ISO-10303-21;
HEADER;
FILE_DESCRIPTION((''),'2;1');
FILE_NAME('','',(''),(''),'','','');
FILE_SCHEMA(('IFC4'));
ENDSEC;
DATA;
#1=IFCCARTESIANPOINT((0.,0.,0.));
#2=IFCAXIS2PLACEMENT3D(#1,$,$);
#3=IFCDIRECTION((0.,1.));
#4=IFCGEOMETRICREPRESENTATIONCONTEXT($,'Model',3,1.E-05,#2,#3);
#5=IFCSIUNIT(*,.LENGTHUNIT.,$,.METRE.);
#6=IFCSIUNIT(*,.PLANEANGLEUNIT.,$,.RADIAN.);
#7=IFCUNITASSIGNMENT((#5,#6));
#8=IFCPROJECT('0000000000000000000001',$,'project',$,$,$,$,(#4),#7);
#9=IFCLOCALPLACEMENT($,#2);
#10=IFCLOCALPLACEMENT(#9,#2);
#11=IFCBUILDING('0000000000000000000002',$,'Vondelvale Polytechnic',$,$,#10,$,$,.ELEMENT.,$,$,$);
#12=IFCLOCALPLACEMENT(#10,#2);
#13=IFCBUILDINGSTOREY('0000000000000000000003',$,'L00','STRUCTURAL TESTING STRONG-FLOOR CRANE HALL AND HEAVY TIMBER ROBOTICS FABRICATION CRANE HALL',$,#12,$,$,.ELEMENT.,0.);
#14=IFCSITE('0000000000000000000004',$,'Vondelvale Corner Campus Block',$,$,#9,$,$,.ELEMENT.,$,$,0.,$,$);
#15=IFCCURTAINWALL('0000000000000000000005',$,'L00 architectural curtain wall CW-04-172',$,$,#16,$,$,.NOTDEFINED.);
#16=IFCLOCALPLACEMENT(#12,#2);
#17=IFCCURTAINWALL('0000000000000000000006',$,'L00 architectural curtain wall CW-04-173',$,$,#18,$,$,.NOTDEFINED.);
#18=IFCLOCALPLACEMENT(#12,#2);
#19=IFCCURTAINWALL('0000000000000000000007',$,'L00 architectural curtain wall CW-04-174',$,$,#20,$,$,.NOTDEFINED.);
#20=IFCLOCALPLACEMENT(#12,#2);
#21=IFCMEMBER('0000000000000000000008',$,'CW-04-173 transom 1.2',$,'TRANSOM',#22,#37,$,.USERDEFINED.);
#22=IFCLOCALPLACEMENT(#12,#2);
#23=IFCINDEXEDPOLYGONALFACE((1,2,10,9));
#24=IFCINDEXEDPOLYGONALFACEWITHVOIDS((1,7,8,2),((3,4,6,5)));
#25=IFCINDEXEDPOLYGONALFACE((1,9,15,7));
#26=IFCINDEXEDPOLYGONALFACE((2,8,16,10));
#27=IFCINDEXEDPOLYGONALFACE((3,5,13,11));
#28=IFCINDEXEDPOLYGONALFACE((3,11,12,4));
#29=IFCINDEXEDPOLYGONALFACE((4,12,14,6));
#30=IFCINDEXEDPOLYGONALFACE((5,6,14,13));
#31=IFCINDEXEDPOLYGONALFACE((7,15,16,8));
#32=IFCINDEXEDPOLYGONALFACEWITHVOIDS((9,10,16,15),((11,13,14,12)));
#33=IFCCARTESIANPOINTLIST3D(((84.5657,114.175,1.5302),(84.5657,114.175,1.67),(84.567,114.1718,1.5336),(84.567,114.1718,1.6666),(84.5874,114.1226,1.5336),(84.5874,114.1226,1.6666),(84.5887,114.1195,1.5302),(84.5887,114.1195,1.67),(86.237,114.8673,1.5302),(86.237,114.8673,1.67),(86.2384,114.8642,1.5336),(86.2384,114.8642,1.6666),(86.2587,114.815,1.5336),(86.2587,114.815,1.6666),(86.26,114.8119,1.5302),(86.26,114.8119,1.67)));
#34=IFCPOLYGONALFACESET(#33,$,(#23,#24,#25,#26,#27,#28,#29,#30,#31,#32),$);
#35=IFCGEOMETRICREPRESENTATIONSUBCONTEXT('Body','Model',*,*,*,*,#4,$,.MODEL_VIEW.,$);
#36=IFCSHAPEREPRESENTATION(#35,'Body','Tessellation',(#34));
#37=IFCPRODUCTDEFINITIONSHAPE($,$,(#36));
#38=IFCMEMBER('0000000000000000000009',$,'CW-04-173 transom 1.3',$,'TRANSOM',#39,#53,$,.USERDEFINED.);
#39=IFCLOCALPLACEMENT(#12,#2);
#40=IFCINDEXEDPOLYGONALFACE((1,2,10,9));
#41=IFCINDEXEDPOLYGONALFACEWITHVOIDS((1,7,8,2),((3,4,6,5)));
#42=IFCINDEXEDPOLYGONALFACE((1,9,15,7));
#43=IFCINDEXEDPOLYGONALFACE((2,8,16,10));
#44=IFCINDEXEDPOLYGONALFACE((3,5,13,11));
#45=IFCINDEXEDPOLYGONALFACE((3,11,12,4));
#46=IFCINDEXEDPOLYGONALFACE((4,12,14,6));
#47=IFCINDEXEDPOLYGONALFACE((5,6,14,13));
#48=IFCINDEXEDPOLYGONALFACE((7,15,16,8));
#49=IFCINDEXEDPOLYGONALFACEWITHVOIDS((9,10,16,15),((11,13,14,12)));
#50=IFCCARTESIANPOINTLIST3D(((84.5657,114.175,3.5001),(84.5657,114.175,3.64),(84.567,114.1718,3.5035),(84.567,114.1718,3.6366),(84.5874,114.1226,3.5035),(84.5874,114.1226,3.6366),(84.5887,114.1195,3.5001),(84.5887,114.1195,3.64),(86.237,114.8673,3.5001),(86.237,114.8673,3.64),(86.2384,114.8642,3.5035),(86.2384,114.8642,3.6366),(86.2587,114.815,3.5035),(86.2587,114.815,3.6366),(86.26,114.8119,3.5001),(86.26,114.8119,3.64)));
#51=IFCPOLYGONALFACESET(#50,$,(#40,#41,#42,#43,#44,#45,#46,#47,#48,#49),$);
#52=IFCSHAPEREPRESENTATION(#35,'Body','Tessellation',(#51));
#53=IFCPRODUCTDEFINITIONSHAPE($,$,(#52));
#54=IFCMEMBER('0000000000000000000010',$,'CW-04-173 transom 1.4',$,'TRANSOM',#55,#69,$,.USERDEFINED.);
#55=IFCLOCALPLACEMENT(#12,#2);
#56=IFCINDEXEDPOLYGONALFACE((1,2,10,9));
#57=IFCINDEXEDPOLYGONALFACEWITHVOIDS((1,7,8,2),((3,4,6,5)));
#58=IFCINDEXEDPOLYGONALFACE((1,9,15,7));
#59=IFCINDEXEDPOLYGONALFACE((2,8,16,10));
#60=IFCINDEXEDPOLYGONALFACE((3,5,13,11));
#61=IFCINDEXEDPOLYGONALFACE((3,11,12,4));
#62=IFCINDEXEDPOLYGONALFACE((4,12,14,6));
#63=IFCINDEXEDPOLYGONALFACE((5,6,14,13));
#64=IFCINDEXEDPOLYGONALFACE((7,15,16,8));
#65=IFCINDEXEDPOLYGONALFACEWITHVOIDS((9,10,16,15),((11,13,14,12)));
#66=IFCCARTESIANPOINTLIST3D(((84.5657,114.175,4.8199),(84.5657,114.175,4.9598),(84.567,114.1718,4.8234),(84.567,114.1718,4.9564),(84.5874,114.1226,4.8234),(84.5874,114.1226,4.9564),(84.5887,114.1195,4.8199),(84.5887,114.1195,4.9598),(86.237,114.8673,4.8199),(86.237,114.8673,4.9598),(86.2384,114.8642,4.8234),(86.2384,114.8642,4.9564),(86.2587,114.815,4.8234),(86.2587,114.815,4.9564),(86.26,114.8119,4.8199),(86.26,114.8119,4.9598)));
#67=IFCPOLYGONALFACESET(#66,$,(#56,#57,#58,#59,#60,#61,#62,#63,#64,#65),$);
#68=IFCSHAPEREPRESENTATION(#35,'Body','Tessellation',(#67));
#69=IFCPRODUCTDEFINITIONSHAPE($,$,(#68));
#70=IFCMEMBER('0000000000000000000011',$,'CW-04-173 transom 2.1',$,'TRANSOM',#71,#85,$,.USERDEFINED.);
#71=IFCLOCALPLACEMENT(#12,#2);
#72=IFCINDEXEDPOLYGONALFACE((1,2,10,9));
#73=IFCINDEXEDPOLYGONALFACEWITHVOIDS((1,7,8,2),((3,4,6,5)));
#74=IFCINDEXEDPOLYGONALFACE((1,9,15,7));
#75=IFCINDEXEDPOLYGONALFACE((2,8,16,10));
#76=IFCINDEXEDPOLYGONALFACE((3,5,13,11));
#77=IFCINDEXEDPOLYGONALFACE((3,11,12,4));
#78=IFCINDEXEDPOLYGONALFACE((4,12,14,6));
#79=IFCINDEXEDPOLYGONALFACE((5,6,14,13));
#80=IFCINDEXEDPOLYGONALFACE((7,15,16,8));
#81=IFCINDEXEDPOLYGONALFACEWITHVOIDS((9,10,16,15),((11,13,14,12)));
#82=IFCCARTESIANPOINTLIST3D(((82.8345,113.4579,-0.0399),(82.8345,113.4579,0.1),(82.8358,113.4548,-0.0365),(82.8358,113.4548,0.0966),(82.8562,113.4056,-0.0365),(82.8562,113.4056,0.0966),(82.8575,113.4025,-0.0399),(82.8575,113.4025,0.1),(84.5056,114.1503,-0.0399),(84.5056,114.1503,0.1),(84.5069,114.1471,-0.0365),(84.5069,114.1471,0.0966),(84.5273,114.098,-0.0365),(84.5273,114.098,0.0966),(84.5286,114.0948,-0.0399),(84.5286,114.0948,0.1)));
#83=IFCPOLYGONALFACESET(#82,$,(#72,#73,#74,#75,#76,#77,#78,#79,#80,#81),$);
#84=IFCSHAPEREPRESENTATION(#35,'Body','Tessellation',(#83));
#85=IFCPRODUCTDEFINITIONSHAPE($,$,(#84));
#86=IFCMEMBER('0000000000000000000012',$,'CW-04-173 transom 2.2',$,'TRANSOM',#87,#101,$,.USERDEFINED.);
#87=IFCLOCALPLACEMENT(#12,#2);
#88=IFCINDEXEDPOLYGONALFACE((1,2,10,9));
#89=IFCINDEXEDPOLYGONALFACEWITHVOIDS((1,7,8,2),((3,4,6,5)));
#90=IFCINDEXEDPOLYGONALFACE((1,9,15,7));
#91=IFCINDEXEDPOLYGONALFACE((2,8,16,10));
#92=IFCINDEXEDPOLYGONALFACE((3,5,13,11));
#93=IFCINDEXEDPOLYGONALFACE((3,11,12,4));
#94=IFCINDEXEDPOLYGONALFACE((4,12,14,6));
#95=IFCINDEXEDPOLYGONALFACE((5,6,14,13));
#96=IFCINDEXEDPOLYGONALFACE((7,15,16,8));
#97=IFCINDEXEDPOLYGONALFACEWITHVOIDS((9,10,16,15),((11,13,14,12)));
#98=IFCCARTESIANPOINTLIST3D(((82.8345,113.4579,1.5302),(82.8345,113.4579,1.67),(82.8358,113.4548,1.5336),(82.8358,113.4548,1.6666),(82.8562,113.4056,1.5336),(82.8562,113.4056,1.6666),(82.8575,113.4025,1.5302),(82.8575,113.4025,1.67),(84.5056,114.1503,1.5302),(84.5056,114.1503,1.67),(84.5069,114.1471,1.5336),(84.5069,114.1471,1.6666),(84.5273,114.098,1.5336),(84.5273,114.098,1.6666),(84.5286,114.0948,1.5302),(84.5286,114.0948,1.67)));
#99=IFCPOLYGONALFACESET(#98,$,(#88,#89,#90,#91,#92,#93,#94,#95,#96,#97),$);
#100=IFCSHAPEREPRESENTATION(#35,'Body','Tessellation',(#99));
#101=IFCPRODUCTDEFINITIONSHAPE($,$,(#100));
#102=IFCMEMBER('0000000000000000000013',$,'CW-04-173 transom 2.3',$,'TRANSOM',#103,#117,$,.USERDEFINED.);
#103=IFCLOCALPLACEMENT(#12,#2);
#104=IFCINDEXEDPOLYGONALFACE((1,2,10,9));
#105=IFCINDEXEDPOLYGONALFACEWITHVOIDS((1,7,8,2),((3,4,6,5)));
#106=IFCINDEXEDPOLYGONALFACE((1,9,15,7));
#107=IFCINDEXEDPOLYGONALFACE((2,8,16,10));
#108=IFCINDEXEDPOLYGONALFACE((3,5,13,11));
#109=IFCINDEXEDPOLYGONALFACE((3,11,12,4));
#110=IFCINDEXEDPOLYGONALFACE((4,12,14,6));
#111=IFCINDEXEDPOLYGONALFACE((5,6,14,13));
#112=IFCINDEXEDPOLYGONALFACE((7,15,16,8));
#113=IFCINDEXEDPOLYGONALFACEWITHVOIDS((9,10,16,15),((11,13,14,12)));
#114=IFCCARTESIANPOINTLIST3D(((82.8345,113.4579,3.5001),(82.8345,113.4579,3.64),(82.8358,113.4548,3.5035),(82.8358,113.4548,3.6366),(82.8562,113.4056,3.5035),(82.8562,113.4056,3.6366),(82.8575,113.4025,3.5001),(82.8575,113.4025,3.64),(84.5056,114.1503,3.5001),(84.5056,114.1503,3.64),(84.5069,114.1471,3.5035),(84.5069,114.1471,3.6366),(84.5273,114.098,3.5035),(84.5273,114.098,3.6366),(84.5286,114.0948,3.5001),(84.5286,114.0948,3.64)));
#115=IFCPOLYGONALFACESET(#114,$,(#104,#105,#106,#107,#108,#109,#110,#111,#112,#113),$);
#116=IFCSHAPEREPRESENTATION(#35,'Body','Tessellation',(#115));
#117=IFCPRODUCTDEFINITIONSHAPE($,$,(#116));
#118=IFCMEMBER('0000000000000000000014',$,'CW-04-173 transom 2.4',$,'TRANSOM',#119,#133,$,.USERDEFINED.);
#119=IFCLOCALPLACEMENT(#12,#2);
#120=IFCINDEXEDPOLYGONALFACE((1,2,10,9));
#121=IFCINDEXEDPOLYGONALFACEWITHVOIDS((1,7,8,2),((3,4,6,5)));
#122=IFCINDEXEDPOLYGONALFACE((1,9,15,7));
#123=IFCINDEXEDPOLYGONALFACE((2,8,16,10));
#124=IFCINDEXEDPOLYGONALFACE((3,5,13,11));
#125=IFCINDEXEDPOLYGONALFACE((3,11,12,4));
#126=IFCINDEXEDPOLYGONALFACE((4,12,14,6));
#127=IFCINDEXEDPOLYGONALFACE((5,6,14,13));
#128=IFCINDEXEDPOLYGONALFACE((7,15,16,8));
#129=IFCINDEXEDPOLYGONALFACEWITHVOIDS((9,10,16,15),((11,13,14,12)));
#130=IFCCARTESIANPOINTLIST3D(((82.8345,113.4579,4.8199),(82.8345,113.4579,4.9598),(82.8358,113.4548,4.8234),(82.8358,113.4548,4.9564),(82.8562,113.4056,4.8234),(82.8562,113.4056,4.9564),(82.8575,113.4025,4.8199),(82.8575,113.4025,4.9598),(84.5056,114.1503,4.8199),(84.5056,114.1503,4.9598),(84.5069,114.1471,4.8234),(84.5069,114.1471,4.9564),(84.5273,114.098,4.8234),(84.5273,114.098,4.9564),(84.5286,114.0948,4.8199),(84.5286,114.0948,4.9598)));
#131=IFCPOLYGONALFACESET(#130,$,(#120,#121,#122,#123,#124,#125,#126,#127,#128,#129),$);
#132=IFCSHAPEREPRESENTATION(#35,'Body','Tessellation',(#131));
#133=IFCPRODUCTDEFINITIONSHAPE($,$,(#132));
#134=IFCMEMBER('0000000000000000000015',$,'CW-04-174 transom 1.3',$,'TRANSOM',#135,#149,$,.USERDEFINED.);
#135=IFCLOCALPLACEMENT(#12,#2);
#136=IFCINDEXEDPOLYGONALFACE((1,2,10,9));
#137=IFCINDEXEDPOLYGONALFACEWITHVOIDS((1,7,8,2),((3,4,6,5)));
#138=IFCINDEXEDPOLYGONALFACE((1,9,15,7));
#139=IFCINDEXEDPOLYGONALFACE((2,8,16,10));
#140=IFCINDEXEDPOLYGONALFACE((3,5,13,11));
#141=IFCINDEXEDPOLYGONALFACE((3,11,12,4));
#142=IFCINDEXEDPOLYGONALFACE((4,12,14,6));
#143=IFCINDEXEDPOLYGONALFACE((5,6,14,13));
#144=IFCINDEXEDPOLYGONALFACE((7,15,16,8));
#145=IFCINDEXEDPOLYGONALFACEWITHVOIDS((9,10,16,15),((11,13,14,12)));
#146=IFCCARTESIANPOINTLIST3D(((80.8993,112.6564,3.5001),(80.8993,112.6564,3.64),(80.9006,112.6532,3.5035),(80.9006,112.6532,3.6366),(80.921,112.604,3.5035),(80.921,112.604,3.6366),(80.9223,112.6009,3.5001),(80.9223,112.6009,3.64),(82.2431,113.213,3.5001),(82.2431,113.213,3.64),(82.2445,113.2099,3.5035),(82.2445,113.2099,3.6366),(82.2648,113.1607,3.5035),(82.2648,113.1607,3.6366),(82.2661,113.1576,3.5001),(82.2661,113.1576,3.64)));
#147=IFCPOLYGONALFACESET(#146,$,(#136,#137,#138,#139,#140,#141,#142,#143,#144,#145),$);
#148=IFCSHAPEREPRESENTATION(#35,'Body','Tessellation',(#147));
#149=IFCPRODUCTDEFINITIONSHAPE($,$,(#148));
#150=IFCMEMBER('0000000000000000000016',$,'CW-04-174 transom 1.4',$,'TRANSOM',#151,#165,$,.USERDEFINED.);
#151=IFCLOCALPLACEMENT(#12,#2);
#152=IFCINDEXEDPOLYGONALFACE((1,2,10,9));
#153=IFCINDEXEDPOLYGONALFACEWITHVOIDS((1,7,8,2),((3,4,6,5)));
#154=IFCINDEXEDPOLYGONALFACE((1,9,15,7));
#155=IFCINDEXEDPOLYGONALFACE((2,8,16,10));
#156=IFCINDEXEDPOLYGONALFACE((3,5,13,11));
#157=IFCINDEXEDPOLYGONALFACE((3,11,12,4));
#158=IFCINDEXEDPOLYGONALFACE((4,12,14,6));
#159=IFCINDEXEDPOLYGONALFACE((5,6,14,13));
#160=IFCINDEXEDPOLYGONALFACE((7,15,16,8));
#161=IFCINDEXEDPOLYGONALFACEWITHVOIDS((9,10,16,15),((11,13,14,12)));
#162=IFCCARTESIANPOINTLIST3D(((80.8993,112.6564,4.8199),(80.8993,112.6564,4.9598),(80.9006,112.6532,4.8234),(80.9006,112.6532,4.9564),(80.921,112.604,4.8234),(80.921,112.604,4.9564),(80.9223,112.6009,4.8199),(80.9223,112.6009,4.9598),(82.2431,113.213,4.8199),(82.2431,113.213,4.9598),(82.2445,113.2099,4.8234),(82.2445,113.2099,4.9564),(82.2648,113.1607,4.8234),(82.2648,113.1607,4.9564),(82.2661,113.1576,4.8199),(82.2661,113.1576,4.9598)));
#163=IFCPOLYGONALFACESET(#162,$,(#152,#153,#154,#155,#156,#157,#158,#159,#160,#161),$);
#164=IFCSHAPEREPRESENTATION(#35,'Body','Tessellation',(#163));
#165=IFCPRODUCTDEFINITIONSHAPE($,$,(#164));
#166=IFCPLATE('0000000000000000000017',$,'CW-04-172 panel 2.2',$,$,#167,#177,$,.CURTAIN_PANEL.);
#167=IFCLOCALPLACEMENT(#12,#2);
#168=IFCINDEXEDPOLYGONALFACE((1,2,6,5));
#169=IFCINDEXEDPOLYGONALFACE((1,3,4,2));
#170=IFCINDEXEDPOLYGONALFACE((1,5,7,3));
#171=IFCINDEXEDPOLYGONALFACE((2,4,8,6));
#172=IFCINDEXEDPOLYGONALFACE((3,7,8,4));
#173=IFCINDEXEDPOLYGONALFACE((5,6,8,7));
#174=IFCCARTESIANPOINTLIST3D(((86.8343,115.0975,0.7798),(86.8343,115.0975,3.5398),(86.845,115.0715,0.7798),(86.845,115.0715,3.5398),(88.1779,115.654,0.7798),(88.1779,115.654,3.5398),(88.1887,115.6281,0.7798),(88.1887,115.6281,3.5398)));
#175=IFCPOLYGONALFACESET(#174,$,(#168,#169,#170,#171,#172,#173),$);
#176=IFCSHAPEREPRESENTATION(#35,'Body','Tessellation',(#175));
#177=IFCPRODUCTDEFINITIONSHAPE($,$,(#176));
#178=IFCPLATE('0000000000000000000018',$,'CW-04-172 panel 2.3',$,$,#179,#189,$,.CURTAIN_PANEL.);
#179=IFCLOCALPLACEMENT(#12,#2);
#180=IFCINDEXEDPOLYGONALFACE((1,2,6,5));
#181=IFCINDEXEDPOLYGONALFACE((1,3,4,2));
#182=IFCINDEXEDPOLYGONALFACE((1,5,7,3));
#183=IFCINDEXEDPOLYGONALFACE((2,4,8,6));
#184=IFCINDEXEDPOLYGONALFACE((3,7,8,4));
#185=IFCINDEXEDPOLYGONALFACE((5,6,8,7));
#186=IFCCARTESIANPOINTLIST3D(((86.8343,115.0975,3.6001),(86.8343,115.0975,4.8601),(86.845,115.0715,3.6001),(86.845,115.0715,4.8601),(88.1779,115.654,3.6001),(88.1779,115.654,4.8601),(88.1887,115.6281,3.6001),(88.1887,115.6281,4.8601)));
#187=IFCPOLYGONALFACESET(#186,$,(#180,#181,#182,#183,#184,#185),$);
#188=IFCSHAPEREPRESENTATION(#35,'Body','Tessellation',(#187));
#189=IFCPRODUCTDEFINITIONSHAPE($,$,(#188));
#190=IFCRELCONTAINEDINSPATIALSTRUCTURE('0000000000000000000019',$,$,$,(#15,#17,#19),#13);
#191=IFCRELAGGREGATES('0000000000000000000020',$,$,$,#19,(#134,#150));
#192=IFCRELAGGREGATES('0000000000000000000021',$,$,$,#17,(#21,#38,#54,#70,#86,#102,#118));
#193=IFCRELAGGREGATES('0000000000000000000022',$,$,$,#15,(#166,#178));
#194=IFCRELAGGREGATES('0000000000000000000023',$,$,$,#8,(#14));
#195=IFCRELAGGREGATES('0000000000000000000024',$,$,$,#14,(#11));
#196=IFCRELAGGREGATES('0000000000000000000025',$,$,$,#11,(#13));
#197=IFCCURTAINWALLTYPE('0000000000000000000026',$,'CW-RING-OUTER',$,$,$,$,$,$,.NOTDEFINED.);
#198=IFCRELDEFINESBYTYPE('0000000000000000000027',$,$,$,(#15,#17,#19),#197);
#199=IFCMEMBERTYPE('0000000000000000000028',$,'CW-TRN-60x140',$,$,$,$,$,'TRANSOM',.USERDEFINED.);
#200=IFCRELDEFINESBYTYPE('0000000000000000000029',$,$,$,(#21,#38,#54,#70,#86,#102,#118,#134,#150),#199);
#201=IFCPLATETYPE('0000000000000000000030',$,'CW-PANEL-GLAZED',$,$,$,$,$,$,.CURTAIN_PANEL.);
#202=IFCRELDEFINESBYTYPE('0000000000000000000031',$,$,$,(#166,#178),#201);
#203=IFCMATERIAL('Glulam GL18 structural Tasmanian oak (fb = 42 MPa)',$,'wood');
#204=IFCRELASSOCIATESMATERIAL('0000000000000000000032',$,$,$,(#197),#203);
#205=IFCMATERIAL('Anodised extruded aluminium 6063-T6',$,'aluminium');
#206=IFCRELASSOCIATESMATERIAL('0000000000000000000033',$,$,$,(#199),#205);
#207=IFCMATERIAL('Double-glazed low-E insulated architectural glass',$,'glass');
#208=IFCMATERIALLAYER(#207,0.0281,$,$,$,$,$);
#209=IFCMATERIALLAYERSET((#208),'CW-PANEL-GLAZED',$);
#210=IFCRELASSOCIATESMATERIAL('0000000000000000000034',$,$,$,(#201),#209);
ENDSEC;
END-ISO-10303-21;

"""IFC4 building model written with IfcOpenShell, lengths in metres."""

from ifc_helpers import new_model, si_unit, direction, frame, origin, origin_2d, place, context, subcontext, project, spatial, rectangle, hollow_rectangle, extrude, material, layer, layer_set, material_profile, profile_set, type_object, element, aggregate, save


model = new_model("IFC4")

# Units and contexts
model_context = context("Model", 3, precision=1e-05, world=origin(), true_north=direction((0.0, 1.0)))
body_context = subcontext(model_context, "Body", "Model", "MODEL_VIEW")
ifc_project = project(units=[si_unit("LENGTHUNIT", "METRE"), si_unit("PLANEANGLEUNIT", "RADIAN")], contexts=[model_context])

# Site, building, storey
site_placement = place(None, origin())
site = spatial("IfcSite", under=ifc_project, at=site_placement, Name="Vondelvale Corner Campus Block", CompositionType="ELEMENT", RefElevation=0.0)
building_placement = place(site_placement, origin())
building = spatial("IfcBuilding", under=site, at=building_placement, Name="Vondelvale Polytechnic", CompositionType="ELEMENT")
storey_placement = place(building_placement, origin())
storey = spatial("IfcBuildingStorey", under=building, at=storey_placement, Name="L00", Description="STRUCTURAL TESTING STRONG-FLOOR CRANE HALL AND HEAVY TIMBER ROBOTICS FABRICATION CRANE HALL", CompositionType="ELEMENT", Elevation=0.0)

# Shared definitions
ifc_material_1 = material(Name="Glulam GL18 structural Tasmanian oak (fb = 42 MPa)", Category="wood")

# Curtain wall
curtain_wall_type = type_object("IfcCurtainWallType", Name="CW-RING-OUTER", PredefinedType="NOTDEFINED", material=ifc_material_1)
curtain_wall_1_placement = place(storey_placement, origin())
curtain_wall_1 = element("IfcCurtainWall", 1, at=curtain_wall_1_placement, inside=storey, type_object=curtain_wall_type, Name="L00 architectural curtain wall CW-04-172", PredefinedType="NOTDEFINED")
ifc_material_2 = material(Name="Anodised extruded aluminium 6063-T6", Category="aluminium")

# Curtain wall
curtain_wall_2_placement = place(storey_placement, origin())
curtain_wall_2 = element("IfcCurtainWall", 2, at=curtain_wall_2_placement, inside=storey, type_object=curtain_wall_type, Name="L00 architectural curtain wall CW-04-173", PredefinedType="NOTDEFINED")

# Curtain wall
curtain_wall_3_placement = place(storey_placement, origin())
curtain_wall_3 = element("IfcCurtainWall", 3, at=curtain_wall_3_placement, inside=storey, type_object=curtain_wall_type, Name="L00 architectural curtain wall CW-04-174", PredefinedType="NOTDEFINED")

# Members
ifc_material_profile_1 = material_profile(ifc_material_2, hollow_rectangle(XDim=0.0601, YDim=0.1399, WallThickness=0.0034, at=origin_2d()), Name="CW-TRN-140x60")
ifc_profile_set_1 = profile_set([ifc_material_profile_1], Name="Anodised extruded aluminium 6063-T6")
member_type_1 = type_object("IfcMemberType", Name="CW-TRN-60x140", ElementType="TRANSOM", PredefinedType="USERDEFINED", material=ifc_profile_set_1)
member_1_placement = place(storey_placement, frame((86.2485, 114.8396, 1.6001), z_axis=(-0.923866, -0.382717, 0.0), x_axis=(0.382717, -0.923866, 0.0)))
member_1 = element("IfcMember", 4, at=member_1_placement, type_object=member_type_1, Name="CW-04-173 transom 1.2", ObjectType="TRANSOM", PredefinedType="USERDEFINED", context=body_context, shape_type="SweptSolid", body=[
    extrude(hollow_rectangle(XDim=0.0601, YDim=0.1399, WallThickness=0.0034, at=origin_2d()), origin(), (0.0, 0.0, 1.0), 1.8091),
])
member_2_placement = place(storey_placement, frame((86.2485, 114.8396, 3.5701), z_axis=(-0.923866, -0.382717, 0.0), x_axis=(0.382717, -0.923866, 0.0)))
member_2 = element("IfcMember", 5, at=member_2_placement, type_object=member_type_1, Name="CW-04-173 transom 1.3", ObjectType="TRANSOM", PredefinedType="USERDEFINED", context=body_context, shape_type="SweptSolid", body=[
    extrude(hollow_rectangle(XDim=0.0601, YDim=0.1399, WallThickness=0.0034, at=origin_2d()), origin(), (0.0, 0.0, 1.0), 1.8091),
])
member_3_placement = place(storey_placement, frame((86.2485, 114.8396, 4.8899), z_axis=(-0.923866, -0.382717, 0.0), x_axis=(0.382717, -0.923866, 0.0)))
member_3 = element("IfcMember", 6, at=member_3_placement, type_object=member_type_1, Name="CW-04-173 transom 1.4", ObjectType="TRANSOM", PredefinedType="USERDEFINED", context=body_context, shape_type="SweptSolid", body=[
    extrude(hollow_rectangle(XDim=0.0601, YDim=0.1399, WallThickness=0.0034, at=origin_2d()), origin(), (0.0, 0.0, 1.0), 1.8091),
])
member_4_placement = place(storey_placement, frame((84.5171, 114.1226, 0.03), z_axis=(-0.923846, -0.382765, 0.0), x_axis=(0.382765, -0.923846, 0.0)))
member_4 = element("IfcMember", 7, at=member_4_placement, type_object=member_type_1, Name="CW-04-173 transom 2.1", ObjectType="TRANSOM", PredefinedType="USERDEFINED", context=body_context, shape_type="SweptSolid", body=[
    extrude(hollow_rectangle(XDim=0.0601, YDim=0.1399, WallThickness=0.0034, at=origin_2d()), origin(), (0.0, 0.0, 1.0), 1.8088),
])
member_5_placement = place(storey_placement, frame((84.5171, 114.1226, 1.6001), z_axis=(-0.923846, -0.382765, 0.0), x_axis=(0.382765, -0.923846, 0.0)))
member_5 = element("IfcMember", 8, at=member_5_placement, type_object=member_type_1, Name="CW-04-173 transom 2.2", ObjectType="TRANSOM", PredefinedType="USERDEFINED", context=body_context, shape_type="SweptSolid", body=[
    extrude(hollow_rectangle(XDim=0.0601, YDim=0.1399, WallThickness=0.0034, at=origin_2d()), origin(), (0.0, 0.0, 1.0), 1.8088),
])
member_6_placement = place(storey_placement, frame((84.5171, 114.1226, 3.5701), z_axis=(-0.923846, -0.382765, 0.0), x_axis=(0.382765, -0.923846, 0.0)))
member_6 = element("IfcMember", 9, at=member_6_placement, type_object=member_type_1, Name="CW-04-173 transom 2.3", ObjectType="TRANSOM", PredefinedType="USERDEFINED", context=body_context, shape_type="SweptSolid", body=[
    extrude(hollow_rectangle(XDim=0.0601, YDim=0.1399, WallThickness=0.0034, at=origin_2d()), origin(), (0.0, 0.0, 1.0), 1.8088),
])
member_7_placement = place(storey_placement, frame((84.5171, 114.1226, 4.8899), z_axis=(-0.923846, -0.382765, 0.0), x_axis=(0.382765, -0.923846, 0.0)))
member_7 = element("IfcMember", 10, at=member_7_placement, type_object=member_type_1, Name="CW-04-173 transom 2.4", ObjectType="TRANSOM", PredefinedType="USERDEFINED", context=body_context, shape_type="SweptSolid", body=[
    extrude(hollow_rectangle(XDim=0.0601, YDim=0.1399, WallThickness=0.0034, at=origin_2d()), origin(), (0.0, 0.0, 1.0), 1.8088),
])
member_8_placement = place(storey_placement, frame((82.2546, 113.1853, 3.5701), z_axis=(-0.92387, -0.382708, 0.0), x_axis=(0.382708, -0.92387, 0.0)))
member_8 = element("IfcMember", 11, at=member_8_placement, type_object=member_type_1, Name="CW-04-174 transom 1.3", ObjectType="TRANSOM", PredefinedType="USERDEFINED", context=body_context, shape_type="SweptSolid", body=[
    extrude(hollow_rectangle(XDim=0.0601, YDim=0.1399, WallThickness=0.0034, at=origin_2d()), origin(), (0.0, 0.0, 1.0), 1.4546),
])
member_9_placement = place(storey_placement, frame((82.2546, 113.1853, 4.8899), z_axis=(-0.92387, -0.382708, 0.0), x_axis=(0.382708, -0.92387, 0.0)))
member_9 = element("IfcMember", 12, at=member_9_placement, type_object=member_type_1, Name="CW-04-174 transom 1.4", ObjectType="TRANSOM", PredefinedType="USERDEFINED", context=body_context, shape_type="SweptSolid", body=[
    extrude(hollow_rectangle(XDim=0.0601, YDim=0.1399, WallThickness=0.0034, at=origin_2d()), origin(), (0.0, 0.0, 1.0), 1.4546),
])
aggregate(curtain_wall_3, [member_8, member_9])

# Plates
ifc_material_3 = material(Name="Double-glazed low-E insulated architectural glass", Category="glass")
ifc_layer_1 = layer(ifc_material_3, 0.0281)
ifc_layer_set_1 = layer_set([ifc_layer_1], Name="CW-PANEL-GLAZED")
plate_type_1 = type_object("IfcPlateType", Name="CW-PANEL-GLAZED", PredefinedType="CURTAIN_PANEL", material=ifc_layer_set_1)
plate_1_placement = place(storey_placement, frame((87.5115, 115.3628, 0.7798), z_axis=(0.0, 0.0, 1.0), x_axis=(-0.923881, -0.382679, 0.0)))
plate_1 = element("IfcPlate", 13, at=plate_1_placement, type_object=plate_type_1, Name="CW-04-172 panel 2.2", PredefinedType="CURTAIN_PANEL", context=body_context, shape_type="SweptSolid", body=[
    extrude(rectangle(XDim=1.4543, YDim=0.0281, at=origin_2d()), origin(), (0.0, 0.0, 1.0), 2.76),
])
plate_2_placement = place(storey_placement, frame((87.5115, 115.3628, 3.6001), z_axis=(0.0, 0.0, 1.0), x_axis=(-0.923881, -0.382679, 0.0)))
plate_2 = element("IfcPlate", 14, at=plate_2_placement, type_object=plate_type_1, Name="CW-04-172 panel 2.3", PredefinedType="CURTAIN_PANEL", context=body_context, shape_type="SweptSolid", body=[
    extrude(rectangle(XDim=1.4543, YDim=0.0281, at=origin_2d()), origin(), (0.0, 0.0, 1.0), 1.26),
])
aggregate(curtain_wall_2, [member_1, member_2, member_3, member_4, member_5, member_6, member_7])
aggregate(curtain_wall_1, [plate_1, plate_2])

save(model, "model.ifc")
